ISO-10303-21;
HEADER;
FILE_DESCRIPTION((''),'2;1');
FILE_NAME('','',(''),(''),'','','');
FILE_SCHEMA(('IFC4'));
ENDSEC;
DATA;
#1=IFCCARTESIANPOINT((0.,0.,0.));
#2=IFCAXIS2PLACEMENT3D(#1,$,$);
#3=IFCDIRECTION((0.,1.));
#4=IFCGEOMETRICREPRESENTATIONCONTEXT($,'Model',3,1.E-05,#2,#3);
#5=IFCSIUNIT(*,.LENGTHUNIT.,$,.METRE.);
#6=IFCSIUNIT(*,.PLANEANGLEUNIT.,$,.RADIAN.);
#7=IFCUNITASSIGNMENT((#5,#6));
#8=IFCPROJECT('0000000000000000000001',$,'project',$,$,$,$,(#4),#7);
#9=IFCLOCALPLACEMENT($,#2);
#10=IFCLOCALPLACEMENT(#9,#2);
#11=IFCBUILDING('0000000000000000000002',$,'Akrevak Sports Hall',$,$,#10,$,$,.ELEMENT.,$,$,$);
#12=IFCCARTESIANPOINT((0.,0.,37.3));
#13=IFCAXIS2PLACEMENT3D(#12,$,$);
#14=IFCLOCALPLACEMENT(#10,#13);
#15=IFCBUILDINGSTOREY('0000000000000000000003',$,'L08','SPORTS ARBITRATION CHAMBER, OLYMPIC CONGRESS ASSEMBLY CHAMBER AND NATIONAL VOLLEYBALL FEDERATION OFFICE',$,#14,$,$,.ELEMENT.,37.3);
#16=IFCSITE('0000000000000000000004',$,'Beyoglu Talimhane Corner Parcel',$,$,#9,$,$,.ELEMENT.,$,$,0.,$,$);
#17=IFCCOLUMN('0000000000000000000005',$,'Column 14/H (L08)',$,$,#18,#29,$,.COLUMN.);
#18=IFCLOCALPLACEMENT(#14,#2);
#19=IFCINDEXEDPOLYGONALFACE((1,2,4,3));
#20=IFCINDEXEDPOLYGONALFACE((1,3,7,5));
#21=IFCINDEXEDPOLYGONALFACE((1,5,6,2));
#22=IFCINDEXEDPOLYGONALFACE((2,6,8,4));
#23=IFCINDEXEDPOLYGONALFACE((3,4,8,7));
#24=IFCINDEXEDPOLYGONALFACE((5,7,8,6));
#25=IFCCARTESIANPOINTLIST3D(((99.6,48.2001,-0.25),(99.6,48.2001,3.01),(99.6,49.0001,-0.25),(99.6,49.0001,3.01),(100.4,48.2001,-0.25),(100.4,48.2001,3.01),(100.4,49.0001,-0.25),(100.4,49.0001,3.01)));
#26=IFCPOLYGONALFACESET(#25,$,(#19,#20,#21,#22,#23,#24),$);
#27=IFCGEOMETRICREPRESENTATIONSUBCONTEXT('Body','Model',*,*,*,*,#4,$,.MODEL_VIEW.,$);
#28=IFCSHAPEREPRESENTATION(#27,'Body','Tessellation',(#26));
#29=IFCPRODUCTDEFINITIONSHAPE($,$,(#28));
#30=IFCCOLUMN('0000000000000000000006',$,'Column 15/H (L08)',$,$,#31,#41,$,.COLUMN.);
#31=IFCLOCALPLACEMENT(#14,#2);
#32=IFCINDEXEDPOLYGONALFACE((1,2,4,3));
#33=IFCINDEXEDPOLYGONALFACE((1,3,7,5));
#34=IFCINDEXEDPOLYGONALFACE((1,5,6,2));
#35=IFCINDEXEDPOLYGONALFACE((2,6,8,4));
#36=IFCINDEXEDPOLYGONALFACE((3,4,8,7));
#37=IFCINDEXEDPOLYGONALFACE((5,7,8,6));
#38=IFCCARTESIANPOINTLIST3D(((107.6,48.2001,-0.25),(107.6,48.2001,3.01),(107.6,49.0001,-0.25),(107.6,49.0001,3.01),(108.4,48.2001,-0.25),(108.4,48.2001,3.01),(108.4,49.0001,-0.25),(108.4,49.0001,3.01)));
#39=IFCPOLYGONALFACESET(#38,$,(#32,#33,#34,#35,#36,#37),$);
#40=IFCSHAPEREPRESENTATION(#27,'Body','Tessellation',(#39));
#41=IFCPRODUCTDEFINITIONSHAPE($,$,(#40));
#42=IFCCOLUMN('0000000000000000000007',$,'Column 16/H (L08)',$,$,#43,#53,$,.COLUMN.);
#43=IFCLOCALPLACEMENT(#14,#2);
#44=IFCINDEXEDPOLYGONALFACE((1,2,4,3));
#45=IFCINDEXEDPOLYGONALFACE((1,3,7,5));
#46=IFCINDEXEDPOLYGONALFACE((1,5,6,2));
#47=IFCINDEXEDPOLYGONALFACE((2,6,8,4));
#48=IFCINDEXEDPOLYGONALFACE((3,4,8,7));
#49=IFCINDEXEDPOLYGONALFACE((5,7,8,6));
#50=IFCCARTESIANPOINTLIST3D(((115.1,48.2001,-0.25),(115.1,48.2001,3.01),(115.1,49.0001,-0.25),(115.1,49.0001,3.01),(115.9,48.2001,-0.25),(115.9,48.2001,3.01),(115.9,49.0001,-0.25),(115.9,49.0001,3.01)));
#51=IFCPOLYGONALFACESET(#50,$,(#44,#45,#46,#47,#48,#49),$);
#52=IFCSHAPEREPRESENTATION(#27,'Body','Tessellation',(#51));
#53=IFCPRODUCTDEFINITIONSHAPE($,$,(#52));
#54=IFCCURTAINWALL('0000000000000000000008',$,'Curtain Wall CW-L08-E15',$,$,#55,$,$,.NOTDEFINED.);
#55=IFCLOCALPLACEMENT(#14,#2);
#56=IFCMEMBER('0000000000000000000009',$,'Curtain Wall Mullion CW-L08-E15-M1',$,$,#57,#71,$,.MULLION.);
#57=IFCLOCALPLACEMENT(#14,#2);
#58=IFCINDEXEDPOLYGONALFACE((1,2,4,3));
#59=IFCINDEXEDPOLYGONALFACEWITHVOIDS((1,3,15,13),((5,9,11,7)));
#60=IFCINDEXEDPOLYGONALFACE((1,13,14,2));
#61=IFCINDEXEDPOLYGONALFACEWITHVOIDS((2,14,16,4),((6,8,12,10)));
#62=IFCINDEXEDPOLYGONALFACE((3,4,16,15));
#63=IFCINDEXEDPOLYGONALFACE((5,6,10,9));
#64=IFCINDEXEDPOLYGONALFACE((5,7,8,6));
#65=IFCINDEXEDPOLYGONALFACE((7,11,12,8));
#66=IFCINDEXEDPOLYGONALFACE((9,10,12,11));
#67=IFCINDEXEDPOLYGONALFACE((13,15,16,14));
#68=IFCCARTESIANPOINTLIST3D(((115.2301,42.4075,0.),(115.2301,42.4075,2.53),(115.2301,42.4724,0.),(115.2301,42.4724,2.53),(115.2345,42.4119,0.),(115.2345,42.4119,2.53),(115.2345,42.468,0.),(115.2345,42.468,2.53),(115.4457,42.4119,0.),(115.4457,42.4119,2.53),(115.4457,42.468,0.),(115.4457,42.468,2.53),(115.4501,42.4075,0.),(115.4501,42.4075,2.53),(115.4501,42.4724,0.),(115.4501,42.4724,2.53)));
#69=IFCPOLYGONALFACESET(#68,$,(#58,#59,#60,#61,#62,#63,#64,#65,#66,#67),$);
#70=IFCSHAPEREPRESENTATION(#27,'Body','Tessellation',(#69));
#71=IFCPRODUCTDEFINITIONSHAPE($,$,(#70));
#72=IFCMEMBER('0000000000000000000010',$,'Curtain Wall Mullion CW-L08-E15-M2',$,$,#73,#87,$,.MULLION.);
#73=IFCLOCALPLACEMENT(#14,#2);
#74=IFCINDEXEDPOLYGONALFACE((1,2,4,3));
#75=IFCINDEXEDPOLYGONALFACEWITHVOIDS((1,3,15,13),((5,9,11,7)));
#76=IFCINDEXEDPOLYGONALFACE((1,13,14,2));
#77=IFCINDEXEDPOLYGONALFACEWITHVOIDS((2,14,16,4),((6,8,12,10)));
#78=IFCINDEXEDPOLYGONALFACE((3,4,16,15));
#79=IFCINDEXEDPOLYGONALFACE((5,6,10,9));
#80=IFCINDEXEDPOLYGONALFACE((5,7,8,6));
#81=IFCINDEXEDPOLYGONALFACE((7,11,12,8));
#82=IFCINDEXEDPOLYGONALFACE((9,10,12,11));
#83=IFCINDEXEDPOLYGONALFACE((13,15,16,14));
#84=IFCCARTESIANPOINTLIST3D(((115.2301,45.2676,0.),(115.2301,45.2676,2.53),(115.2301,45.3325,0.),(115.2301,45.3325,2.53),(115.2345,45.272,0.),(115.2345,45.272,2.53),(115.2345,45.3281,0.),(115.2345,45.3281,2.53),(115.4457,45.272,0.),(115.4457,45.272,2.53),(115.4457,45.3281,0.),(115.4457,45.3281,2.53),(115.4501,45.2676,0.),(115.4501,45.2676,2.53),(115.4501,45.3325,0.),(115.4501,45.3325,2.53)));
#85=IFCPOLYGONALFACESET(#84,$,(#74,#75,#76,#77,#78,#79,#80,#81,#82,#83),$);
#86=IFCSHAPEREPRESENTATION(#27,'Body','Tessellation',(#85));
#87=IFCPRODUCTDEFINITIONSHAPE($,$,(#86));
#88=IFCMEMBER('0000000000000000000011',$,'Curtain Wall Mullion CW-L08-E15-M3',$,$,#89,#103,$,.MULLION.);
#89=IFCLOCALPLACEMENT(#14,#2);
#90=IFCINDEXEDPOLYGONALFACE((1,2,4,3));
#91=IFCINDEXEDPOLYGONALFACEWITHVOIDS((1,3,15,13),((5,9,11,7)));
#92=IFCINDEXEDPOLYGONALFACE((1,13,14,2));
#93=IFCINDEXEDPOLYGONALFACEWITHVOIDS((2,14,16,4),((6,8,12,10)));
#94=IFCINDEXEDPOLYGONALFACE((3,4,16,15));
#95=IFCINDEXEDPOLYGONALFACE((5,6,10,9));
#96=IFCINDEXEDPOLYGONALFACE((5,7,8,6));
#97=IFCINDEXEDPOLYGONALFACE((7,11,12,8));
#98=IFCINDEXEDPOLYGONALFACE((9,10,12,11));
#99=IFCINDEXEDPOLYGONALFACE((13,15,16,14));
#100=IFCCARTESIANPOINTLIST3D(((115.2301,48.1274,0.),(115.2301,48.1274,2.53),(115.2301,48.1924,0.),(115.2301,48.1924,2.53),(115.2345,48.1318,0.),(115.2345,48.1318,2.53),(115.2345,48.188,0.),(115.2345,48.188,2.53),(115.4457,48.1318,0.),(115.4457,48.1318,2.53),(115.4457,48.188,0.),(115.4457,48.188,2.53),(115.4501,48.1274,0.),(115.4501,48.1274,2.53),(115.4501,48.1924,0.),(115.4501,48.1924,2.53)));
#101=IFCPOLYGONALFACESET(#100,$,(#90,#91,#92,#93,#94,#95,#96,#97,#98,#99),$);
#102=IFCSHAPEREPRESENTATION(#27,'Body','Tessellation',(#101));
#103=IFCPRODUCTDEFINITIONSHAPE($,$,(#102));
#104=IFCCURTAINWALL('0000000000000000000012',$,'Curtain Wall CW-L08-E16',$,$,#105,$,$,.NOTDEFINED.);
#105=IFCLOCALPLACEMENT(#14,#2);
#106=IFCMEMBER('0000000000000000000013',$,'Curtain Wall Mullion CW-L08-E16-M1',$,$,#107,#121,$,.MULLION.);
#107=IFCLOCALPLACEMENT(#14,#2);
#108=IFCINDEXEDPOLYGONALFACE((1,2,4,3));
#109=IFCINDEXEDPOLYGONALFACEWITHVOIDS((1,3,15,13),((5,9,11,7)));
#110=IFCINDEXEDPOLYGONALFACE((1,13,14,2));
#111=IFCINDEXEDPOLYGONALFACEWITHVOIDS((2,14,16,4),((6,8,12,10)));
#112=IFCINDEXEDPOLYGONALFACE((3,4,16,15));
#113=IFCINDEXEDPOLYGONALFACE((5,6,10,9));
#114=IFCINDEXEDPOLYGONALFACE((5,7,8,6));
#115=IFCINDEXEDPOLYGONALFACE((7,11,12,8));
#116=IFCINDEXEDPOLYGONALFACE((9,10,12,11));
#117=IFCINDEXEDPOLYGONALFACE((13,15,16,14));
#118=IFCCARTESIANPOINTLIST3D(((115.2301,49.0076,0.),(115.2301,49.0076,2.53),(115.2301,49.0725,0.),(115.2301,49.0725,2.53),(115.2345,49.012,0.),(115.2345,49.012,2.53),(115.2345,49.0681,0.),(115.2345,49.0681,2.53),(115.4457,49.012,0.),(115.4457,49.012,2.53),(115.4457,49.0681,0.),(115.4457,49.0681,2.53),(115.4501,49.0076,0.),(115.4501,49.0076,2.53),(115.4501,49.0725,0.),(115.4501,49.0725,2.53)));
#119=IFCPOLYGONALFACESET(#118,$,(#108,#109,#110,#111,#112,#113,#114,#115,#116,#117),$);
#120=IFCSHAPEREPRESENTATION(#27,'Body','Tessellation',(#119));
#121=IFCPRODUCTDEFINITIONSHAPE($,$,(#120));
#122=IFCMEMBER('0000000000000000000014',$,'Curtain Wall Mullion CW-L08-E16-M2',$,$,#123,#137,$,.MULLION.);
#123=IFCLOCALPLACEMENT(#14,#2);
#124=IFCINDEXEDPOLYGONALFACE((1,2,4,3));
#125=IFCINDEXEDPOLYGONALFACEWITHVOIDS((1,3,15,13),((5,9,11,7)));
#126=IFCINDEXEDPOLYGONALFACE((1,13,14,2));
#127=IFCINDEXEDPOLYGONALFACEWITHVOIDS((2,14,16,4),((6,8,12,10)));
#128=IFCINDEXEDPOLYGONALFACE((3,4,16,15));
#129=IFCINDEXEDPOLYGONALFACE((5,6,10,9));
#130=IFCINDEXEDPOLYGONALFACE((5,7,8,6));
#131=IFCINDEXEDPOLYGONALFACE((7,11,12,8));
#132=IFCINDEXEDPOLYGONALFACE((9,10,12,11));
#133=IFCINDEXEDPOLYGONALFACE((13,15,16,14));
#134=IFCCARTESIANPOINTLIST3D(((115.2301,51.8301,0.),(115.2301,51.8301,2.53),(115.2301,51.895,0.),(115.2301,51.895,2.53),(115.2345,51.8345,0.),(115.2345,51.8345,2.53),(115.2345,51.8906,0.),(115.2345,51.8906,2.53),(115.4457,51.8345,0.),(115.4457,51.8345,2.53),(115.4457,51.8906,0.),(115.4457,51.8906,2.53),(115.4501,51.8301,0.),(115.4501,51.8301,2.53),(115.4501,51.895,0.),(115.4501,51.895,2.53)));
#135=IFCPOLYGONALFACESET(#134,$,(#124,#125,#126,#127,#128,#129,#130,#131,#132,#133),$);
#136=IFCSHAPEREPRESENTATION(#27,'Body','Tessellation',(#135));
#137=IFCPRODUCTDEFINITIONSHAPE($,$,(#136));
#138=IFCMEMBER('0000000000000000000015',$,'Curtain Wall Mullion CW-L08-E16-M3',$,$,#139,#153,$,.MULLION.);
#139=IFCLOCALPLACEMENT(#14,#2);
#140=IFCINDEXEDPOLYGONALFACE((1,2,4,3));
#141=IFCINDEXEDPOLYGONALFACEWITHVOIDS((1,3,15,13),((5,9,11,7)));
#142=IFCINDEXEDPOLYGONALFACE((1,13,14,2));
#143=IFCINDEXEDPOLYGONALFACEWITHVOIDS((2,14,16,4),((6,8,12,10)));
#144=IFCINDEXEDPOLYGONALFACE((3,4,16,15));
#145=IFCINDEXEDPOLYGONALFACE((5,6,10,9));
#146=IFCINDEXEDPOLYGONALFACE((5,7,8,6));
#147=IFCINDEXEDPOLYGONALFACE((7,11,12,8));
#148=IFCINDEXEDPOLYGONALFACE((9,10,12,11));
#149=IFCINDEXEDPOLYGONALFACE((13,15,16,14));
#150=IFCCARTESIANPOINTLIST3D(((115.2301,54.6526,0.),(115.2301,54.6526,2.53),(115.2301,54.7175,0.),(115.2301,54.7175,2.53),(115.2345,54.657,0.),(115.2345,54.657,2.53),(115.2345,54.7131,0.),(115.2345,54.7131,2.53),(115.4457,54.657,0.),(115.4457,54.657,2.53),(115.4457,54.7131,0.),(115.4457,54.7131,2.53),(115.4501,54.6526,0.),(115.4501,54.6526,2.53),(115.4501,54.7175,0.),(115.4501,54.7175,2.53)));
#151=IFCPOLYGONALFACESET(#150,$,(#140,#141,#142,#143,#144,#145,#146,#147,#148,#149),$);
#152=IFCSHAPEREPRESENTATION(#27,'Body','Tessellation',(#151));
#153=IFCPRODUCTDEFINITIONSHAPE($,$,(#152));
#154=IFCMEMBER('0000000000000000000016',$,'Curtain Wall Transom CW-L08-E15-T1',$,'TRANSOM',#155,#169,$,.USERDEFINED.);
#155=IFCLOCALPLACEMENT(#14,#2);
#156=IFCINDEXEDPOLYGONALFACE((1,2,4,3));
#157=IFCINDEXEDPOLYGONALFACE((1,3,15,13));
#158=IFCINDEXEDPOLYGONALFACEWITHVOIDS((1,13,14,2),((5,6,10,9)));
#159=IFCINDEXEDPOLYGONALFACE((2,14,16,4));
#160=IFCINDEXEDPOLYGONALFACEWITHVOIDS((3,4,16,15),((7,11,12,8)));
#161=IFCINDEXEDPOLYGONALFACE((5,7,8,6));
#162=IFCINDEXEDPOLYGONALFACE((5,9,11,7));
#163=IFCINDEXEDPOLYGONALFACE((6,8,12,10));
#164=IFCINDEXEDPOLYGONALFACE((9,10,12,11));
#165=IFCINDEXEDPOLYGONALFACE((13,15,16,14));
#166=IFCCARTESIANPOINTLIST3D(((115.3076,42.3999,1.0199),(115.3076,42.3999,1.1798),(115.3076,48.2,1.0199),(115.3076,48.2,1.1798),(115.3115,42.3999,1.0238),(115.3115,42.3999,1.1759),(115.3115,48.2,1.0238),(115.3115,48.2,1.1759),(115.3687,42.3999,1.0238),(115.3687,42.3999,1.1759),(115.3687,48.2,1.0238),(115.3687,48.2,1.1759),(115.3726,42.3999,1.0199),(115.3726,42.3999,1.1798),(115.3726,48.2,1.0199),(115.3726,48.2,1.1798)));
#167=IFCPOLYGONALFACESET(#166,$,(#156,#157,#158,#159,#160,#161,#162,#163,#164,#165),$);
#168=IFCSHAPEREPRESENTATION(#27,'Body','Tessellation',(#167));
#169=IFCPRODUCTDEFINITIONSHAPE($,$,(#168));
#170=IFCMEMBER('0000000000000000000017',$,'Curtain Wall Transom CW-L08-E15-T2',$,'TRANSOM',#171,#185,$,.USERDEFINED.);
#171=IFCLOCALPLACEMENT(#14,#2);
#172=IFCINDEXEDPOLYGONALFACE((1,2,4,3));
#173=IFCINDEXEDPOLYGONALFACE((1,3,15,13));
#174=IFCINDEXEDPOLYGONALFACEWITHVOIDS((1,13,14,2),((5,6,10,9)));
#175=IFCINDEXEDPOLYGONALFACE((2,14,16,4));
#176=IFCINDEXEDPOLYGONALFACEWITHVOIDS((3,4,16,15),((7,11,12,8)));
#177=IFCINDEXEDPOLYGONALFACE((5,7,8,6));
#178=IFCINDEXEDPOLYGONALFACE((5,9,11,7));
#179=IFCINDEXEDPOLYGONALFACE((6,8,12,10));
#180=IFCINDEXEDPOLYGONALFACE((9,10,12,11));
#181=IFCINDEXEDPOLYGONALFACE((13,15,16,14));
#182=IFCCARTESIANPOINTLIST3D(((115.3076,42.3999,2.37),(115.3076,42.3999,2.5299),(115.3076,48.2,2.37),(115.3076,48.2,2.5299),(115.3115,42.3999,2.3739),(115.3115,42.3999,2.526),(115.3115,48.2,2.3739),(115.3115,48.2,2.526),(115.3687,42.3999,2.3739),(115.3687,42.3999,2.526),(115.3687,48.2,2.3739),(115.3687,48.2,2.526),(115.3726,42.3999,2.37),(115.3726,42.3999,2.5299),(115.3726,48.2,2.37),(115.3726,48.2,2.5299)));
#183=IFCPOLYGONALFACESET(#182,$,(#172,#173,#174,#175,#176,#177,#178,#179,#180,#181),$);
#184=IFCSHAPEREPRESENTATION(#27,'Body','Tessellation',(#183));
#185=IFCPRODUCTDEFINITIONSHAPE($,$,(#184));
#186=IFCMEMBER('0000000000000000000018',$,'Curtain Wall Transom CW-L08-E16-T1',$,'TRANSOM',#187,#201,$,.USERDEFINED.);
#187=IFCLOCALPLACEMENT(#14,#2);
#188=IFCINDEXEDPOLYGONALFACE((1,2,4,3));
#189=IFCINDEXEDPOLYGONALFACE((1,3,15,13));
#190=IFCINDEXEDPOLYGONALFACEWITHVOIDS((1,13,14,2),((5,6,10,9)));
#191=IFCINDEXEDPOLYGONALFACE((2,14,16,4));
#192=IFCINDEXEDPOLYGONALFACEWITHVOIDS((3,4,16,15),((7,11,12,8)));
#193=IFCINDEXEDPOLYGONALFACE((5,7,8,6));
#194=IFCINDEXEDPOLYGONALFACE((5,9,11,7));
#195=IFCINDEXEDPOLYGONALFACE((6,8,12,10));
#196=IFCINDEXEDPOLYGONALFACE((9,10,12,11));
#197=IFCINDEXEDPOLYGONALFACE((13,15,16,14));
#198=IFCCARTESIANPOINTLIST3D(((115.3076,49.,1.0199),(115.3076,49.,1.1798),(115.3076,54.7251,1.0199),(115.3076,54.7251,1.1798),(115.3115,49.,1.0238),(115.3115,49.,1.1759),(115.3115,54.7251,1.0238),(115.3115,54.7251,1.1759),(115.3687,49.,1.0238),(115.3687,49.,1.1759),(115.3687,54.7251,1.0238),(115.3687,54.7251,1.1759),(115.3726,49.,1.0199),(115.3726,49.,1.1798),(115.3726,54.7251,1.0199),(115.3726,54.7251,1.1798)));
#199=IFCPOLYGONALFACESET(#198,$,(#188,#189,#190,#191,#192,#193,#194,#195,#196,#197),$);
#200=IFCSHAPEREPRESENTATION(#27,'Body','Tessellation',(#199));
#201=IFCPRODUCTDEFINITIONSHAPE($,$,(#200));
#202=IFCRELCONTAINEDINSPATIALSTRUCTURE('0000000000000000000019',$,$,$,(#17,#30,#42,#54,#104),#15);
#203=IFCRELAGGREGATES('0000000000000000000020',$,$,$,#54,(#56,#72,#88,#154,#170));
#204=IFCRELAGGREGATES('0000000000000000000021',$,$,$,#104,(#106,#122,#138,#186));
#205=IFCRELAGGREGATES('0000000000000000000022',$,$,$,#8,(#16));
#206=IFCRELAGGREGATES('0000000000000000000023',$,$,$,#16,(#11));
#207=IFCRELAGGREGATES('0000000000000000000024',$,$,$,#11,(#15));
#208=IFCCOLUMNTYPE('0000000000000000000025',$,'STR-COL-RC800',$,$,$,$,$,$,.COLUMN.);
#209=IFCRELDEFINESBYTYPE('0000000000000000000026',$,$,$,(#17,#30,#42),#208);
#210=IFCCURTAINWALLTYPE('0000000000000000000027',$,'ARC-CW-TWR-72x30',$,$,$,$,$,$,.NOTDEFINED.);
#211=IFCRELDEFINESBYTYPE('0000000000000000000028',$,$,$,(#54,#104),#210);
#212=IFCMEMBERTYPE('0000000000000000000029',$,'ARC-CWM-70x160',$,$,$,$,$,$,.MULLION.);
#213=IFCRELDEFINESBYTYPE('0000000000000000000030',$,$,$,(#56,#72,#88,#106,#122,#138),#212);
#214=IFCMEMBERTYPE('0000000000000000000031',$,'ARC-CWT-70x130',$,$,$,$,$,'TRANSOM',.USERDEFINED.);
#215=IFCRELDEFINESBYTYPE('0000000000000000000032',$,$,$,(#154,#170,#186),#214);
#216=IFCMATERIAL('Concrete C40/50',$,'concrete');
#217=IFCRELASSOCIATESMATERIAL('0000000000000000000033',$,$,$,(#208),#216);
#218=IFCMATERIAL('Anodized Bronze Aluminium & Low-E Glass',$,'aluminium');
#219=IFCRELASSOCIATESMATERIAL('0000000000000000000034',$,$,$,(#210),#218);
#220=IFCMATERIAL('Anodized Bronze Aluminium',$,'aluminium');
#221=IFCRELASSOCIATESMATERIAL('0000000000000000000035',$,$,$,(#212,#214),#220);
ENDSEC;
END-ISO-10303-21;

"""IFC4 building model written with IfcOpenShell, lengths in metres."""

from ifc_helpers import new_model, si_unit, direction, frame, origin, origin_2d, place, context, subcontext, project, spatial, rectangle, hollow_rectangle, extrude, material, material_profile, profile_set, type_object, element, aggregate, save


model = new_model("IFC4")

# Units and contexts
model_context = context("Model", 3, precision=1e-05, world=origin(), true_north=direction((0.0, 1.0)))
body_context = subcontext(model_context, "Body", "Model", "MODEL_VIEW")
ifc_project = project(units=[si_unit("LENGTHUNIT", "METRE"), si_unit("PLANEANGLEUNIT", "RADIAN")], contexts=[model_context])

# Site, building, storey
site_placement = place(None, origin())
site = spatial("IfcSite", under=ifc_project, at=site_placement, Name="Beyoglu Talimhane Corner Parcel", CompositionType="ELEMENT", RefElevation=0.0)
building_placement = place(site_placement, origin())
building = spatial("IfcBuilding", under=site, at=building_placement, Name="Akrevak Sports Hall", CompositionType="ELEMENT")
storey_placement = place(building_placement, frame((0.0, 0.0, 37.3)))
storey = spatial("IfcBuildingStorey", under=building, at=storey_placement, Name="L08", Description="SPORTS ARBITRATION CHAMBER, OLYMPIC CONGRESS ASSEMBLY CHAMBER AND NATIONAL VOLLEYBALL FEDERATION OFFICE", CompositionType="ELEMENT", Elevation=37.3)

# Columns
ifc_material_1 = material(Name="Concrete C40/50", Category="concrete")
ifc_material_profile_1 = material_profile(ifc_material_1, rectangle(XDim=0.8, YDim=0.8, at=origin_2d()), Name="RC 800x800", Category="concrete")
ifc_profile_set_1 = profile_set([ifc_material_profile_1], Name="Concrete C40/50")
column_type = type_object("IfcColumnType", Name="STR-COL-RC800", PredefinedType="COLUMN", material=ifc_profile_set_1)
for number, where, z_axis, x_axis, name in (
    (1, (100.0, 48.6001, -0.25), (0.0, 0.0, 1.0), (1.0, 0.0, 0.0), "Column 14/H (L08)"),
    (2, (108.0, 48.6001, -0.25), (0.0, 0.0, 1.0), (1.0, 0.0, 0.0), "Column 15/H (L08)"),
    (3, (115.5, 48.6001, -0.25), (0.0, 0.0, 1.0), (1.0, 0.0, 0.0), "Column 16/H (L08)"),
):
    element("IfcColumn", number, at=place(storey_placement, frame(where, z_axis=z_axis, x_axis=x_axis)), inside=storey, type_object=column_type, Name=name, PredefinedType="COLUMN", context=body_context, shape_type="SweptSolid", body=[
        extrude(rectangle(XDim=0.8, YDim=0.8, at=origin_2d()), origin(), (0.0, 0.0, 1.0), 3.26),
    ])

# Curtain walls, members
ifc_material_2 = material(Name="Anodized Bronze Aluminium & Low-E Glass", Category="aluminium")
curtain_wall_type = type_object("IfcCurtainWallType", Name="ARC-CW-TWR-72x30", PredefinedType="NOTDEFINED", material=ifc_material_2)
curtain_wall_1_placement = place(storey_placement, origin())
curtain_wall_1 = element("IfcCurtainWall", 4, at=curtain_wall_1_placement, inside=storey, type_object=curtain_wall_type, Name="Curtain Wall CW-L08-E15", PredefinedType="NOTDEFINED")
ifc_material_3 = material(Name="Anodized Bronze Aluminium", Category="aluminium")
ifc_material_profile_2 = material_profile(ifc_material_3, hollow_rectangle(XDim=0.0649, YDim=0.22, WallThickness=0.0044, at=origin_2d()), Name="CWM 65x220", Category="aluminium")
ifc_profile_set_2 = profile_set([ifc_material_profile_2], Name="Anodized Bronze Aluminium")
member_type_1 = type_object("IfcMemberType", Name="ARC-CWM-70x160", PredefinedType="MULLION", material=ifc_profile_set_2)
member_1_placement = place(storey_placement, frame((115.3401, 42.4399, 0.0), z_axis=(0.0, 0.0, 1.0), x_axis=(0.0, 1.0, 0.0)))
member_1 = element("IfcMember", 5, at=member_1_placement, type_object=member_type_1, Name="Curtain Wall Mullion CW-L08-E15-M1", PredefinedType="MULLION", context=body_context, shape_type="SweptSolid", body=[
    extrude(hollow_rectangle(XDim=0.0649, YDim=0.22, WallThickness=0.0044, at=origin_2d()), origin(), (0.0, 0.0, 1.0), 2.53),
])
member_2_placement = place(storey_placement, frame((115.3401, 45.3, 0.0), z_axis=(0.0, 0.0, 1.0), x_axis=(0.0, 1.0, 0.0)))
member_2 = element("IfcMember", 6, at=member_2_placement, type_object=member_type_1, Name="Curtain Wall Mullion CW-L08-E15-M2", PredefinedType="MULLION", context=body_context, shape_type="SweptSolid", body=[
    extrude(hollow_rectangle(XDim=0.0649, YDim=0.22, WallThickness=0.0044, at=origin_2d()), origin(), (0.0, 0.0, 1.0), 2.53),
])
member_3_placement = place(storey_placement, frame((115.3401, 48.1599, 0.0), z_axis=(0.0, 0.0, 1.0), x_axis=(0.0, 1.0, 0.0)))
member_3 = element("IfcMember", 7, at=member_3_placement, type_object=member_type_1, Name="Curtain Wall Mullion CW-L08-E15-M3", PredefinedType="MULLION", context=body_context, shape_type="SweptSolid", body=[
    extrude(hollow_rectangle(XDim=0.0649, YDim=0.22, WallThickness=0.0044, at=origin_2d()), origin(), (0.0, 0.0, 1.0), 2.53),
])
curtain_wall_2_placement = place(storey_placement, origin())
curtain_wall_2 = element("IfcCurtainWall", 8, at=curtain_wall_2_placement, inside=storey, type_object=curtain_wall_type, Name="Curtain Wall CW-L08-E16", PredefinedType="NOTDEFINED")
member_4_placement = place(storey_placement, frame((115.3401, 49.04, 0.0), z_axis=(0.0, 0.0, 1.0), x_axis=(0.0, 1.0, 0.0)))
member_4 = element("IfcMember", 9, at=member_4_placement, type_object=member_type_1, Name="Curtain Wall Mullion CW-L08-E16-M1", PredefinedType="MULLION", context=body_context, shape_type="SweptSolid", body=[
    extrude(hollow_rectangle(XDim=0.0649, YDim=0.22, WallThickness=0.0044, at=origin_2d()), origin(), (0.0, 0.0, 1.0), 2.53),
])
member_5_placement = place(storey_placement, frame((115.3401, 51.8625, 0.0), z_axis=(0.0, 0.0, 1.0), x_axis=(0.0, 1.0, 0.0)))
member_5 = element("IfcMember", 10, at=member_5_placement, type_object=member_type_1, Name="Curtain Wall Mullion CW-L08-E16-M2", PredefinedType="MULLION", context=body_context, shape_type="SweptSolid", body=[
    extrude(hollow_rectangle(XDim=0.0649, YDim=0.22, WallThickness=0.0044, at=origin_2d()), origin(), (0.0, 0.0, 1.0), 2.53),
])
member_6_placement = place(storey_placement, frame((115.3401, 54.6851, 0.0), z_axis=(0.0, 0.0, 1.0), x_axis=(0.0, 1.0, 0.0)))
member_6 = element("IfcMember", 11, at=member_6_placement, type_object=member_type_1, Name="Curtain Wall Mullion CW-L08-E16-M3", PredefinedType="MULLION", context=body_context, shape_type="SweptSolid", body=[
    extrude(hollow_rectangle(XDim=0.0649, YDim=0.22, WallThickness=0.0044, at=origin_2d()), origin(), (0.0, 0.0, 1.0), 2.53),
])

# Members
ifc_material_profile_3 = material_profile(ifc_material_3, hollow_rectangle(XDim=0.0649, YDim=0.1599, WallThickness=0.0039, at=origin_2d()), Name="CWT 65x160", Category="aluminium")
ifc_profile_set_3 = profile_set([ifc_material_profile_3], Name="Anodized Bronze Aluminium")
member_type_2 = type_object("IfcMemberType", Name="ARC-CWT-70x130", ElementType="TRANSOM", PredefinedType="USERDEFINED", material=ifc_profile_set_3)
member_7_placement = place(storey_placement, frame((115.3401, 42.3999, 1.0999), z_axis=(0.0, 1.0, 0.0), x_axis=(-1.0, 0.0, 0.0)))
member_7 = element("IfcMember", 12, at=member_7_placement, type_object=member_type_2, Name="Curtain Wall Transom CW-L08-E15-T1", ObjectType="TRANSOM", PredefinedType="USERDEFINED", context=body_context, shape_type="SweptSolid", body=[
    extrude(hollow_rectangle(XDim=0.0649, YDim=0.1599, WallThickness=0.0039, at=origin_2d()), origin(), (0.0, 0.0, 1.0), 5.8),
])
member_8_placement = place(storey_placement, frame((115.3401, 42.3999, 2.45), z_axis=(0.0, 1.0, 0.0), x_axis=(-1.0, 0.0, 0.0)))
member_8 = element("IfcMember", 13, at=member_8_placement, type_object=member_type_2, Name="Curtain Wall Transom CW-L08-E15-T2", ObjectType="TRANSOM", PredefinedType="USERDEFINED", context=body_context, shape_type="SweptSolid", body=[
    extrude(hollow_rectangle(XDim=0.0649, YDim=0.1599, WallThickness=0.0039, at=origin_2d()), origin(), (0.0, 0.0, 1.0), 5.8),
])
member_9_placement = place(storey_placement, frame((115.3401, 49.0, 1.0999), z_axis=(0.0, 1.0, 0.0), x_axis=(-1.0, 0.0, 0.0)))
member_9 = element("IfcMember", 14, at=member_9_placement, type_object=member_type_2, Name="Curtain Wall Transom CW-L08-E16-T1", ObjectType="TRANSOM", PredefinedType="USERDEFINED", context=body_context, shape_type="SweptSolid", body=[
    extrude(hollow_rectangle(XDim=0.0649, YDim=0.1599, WallThickness=0.0039, at=origin_2d()), origin(), (0.0, 0.0, 1.0), 5.7251),
])

aggregate(curtain_wall_1, [member_1, member_2, member_3, member_7, member_8])
aggregate(curtain_wall_2, [member_4, member_5, member_6, member_9])

save(model, "model.ifc")
